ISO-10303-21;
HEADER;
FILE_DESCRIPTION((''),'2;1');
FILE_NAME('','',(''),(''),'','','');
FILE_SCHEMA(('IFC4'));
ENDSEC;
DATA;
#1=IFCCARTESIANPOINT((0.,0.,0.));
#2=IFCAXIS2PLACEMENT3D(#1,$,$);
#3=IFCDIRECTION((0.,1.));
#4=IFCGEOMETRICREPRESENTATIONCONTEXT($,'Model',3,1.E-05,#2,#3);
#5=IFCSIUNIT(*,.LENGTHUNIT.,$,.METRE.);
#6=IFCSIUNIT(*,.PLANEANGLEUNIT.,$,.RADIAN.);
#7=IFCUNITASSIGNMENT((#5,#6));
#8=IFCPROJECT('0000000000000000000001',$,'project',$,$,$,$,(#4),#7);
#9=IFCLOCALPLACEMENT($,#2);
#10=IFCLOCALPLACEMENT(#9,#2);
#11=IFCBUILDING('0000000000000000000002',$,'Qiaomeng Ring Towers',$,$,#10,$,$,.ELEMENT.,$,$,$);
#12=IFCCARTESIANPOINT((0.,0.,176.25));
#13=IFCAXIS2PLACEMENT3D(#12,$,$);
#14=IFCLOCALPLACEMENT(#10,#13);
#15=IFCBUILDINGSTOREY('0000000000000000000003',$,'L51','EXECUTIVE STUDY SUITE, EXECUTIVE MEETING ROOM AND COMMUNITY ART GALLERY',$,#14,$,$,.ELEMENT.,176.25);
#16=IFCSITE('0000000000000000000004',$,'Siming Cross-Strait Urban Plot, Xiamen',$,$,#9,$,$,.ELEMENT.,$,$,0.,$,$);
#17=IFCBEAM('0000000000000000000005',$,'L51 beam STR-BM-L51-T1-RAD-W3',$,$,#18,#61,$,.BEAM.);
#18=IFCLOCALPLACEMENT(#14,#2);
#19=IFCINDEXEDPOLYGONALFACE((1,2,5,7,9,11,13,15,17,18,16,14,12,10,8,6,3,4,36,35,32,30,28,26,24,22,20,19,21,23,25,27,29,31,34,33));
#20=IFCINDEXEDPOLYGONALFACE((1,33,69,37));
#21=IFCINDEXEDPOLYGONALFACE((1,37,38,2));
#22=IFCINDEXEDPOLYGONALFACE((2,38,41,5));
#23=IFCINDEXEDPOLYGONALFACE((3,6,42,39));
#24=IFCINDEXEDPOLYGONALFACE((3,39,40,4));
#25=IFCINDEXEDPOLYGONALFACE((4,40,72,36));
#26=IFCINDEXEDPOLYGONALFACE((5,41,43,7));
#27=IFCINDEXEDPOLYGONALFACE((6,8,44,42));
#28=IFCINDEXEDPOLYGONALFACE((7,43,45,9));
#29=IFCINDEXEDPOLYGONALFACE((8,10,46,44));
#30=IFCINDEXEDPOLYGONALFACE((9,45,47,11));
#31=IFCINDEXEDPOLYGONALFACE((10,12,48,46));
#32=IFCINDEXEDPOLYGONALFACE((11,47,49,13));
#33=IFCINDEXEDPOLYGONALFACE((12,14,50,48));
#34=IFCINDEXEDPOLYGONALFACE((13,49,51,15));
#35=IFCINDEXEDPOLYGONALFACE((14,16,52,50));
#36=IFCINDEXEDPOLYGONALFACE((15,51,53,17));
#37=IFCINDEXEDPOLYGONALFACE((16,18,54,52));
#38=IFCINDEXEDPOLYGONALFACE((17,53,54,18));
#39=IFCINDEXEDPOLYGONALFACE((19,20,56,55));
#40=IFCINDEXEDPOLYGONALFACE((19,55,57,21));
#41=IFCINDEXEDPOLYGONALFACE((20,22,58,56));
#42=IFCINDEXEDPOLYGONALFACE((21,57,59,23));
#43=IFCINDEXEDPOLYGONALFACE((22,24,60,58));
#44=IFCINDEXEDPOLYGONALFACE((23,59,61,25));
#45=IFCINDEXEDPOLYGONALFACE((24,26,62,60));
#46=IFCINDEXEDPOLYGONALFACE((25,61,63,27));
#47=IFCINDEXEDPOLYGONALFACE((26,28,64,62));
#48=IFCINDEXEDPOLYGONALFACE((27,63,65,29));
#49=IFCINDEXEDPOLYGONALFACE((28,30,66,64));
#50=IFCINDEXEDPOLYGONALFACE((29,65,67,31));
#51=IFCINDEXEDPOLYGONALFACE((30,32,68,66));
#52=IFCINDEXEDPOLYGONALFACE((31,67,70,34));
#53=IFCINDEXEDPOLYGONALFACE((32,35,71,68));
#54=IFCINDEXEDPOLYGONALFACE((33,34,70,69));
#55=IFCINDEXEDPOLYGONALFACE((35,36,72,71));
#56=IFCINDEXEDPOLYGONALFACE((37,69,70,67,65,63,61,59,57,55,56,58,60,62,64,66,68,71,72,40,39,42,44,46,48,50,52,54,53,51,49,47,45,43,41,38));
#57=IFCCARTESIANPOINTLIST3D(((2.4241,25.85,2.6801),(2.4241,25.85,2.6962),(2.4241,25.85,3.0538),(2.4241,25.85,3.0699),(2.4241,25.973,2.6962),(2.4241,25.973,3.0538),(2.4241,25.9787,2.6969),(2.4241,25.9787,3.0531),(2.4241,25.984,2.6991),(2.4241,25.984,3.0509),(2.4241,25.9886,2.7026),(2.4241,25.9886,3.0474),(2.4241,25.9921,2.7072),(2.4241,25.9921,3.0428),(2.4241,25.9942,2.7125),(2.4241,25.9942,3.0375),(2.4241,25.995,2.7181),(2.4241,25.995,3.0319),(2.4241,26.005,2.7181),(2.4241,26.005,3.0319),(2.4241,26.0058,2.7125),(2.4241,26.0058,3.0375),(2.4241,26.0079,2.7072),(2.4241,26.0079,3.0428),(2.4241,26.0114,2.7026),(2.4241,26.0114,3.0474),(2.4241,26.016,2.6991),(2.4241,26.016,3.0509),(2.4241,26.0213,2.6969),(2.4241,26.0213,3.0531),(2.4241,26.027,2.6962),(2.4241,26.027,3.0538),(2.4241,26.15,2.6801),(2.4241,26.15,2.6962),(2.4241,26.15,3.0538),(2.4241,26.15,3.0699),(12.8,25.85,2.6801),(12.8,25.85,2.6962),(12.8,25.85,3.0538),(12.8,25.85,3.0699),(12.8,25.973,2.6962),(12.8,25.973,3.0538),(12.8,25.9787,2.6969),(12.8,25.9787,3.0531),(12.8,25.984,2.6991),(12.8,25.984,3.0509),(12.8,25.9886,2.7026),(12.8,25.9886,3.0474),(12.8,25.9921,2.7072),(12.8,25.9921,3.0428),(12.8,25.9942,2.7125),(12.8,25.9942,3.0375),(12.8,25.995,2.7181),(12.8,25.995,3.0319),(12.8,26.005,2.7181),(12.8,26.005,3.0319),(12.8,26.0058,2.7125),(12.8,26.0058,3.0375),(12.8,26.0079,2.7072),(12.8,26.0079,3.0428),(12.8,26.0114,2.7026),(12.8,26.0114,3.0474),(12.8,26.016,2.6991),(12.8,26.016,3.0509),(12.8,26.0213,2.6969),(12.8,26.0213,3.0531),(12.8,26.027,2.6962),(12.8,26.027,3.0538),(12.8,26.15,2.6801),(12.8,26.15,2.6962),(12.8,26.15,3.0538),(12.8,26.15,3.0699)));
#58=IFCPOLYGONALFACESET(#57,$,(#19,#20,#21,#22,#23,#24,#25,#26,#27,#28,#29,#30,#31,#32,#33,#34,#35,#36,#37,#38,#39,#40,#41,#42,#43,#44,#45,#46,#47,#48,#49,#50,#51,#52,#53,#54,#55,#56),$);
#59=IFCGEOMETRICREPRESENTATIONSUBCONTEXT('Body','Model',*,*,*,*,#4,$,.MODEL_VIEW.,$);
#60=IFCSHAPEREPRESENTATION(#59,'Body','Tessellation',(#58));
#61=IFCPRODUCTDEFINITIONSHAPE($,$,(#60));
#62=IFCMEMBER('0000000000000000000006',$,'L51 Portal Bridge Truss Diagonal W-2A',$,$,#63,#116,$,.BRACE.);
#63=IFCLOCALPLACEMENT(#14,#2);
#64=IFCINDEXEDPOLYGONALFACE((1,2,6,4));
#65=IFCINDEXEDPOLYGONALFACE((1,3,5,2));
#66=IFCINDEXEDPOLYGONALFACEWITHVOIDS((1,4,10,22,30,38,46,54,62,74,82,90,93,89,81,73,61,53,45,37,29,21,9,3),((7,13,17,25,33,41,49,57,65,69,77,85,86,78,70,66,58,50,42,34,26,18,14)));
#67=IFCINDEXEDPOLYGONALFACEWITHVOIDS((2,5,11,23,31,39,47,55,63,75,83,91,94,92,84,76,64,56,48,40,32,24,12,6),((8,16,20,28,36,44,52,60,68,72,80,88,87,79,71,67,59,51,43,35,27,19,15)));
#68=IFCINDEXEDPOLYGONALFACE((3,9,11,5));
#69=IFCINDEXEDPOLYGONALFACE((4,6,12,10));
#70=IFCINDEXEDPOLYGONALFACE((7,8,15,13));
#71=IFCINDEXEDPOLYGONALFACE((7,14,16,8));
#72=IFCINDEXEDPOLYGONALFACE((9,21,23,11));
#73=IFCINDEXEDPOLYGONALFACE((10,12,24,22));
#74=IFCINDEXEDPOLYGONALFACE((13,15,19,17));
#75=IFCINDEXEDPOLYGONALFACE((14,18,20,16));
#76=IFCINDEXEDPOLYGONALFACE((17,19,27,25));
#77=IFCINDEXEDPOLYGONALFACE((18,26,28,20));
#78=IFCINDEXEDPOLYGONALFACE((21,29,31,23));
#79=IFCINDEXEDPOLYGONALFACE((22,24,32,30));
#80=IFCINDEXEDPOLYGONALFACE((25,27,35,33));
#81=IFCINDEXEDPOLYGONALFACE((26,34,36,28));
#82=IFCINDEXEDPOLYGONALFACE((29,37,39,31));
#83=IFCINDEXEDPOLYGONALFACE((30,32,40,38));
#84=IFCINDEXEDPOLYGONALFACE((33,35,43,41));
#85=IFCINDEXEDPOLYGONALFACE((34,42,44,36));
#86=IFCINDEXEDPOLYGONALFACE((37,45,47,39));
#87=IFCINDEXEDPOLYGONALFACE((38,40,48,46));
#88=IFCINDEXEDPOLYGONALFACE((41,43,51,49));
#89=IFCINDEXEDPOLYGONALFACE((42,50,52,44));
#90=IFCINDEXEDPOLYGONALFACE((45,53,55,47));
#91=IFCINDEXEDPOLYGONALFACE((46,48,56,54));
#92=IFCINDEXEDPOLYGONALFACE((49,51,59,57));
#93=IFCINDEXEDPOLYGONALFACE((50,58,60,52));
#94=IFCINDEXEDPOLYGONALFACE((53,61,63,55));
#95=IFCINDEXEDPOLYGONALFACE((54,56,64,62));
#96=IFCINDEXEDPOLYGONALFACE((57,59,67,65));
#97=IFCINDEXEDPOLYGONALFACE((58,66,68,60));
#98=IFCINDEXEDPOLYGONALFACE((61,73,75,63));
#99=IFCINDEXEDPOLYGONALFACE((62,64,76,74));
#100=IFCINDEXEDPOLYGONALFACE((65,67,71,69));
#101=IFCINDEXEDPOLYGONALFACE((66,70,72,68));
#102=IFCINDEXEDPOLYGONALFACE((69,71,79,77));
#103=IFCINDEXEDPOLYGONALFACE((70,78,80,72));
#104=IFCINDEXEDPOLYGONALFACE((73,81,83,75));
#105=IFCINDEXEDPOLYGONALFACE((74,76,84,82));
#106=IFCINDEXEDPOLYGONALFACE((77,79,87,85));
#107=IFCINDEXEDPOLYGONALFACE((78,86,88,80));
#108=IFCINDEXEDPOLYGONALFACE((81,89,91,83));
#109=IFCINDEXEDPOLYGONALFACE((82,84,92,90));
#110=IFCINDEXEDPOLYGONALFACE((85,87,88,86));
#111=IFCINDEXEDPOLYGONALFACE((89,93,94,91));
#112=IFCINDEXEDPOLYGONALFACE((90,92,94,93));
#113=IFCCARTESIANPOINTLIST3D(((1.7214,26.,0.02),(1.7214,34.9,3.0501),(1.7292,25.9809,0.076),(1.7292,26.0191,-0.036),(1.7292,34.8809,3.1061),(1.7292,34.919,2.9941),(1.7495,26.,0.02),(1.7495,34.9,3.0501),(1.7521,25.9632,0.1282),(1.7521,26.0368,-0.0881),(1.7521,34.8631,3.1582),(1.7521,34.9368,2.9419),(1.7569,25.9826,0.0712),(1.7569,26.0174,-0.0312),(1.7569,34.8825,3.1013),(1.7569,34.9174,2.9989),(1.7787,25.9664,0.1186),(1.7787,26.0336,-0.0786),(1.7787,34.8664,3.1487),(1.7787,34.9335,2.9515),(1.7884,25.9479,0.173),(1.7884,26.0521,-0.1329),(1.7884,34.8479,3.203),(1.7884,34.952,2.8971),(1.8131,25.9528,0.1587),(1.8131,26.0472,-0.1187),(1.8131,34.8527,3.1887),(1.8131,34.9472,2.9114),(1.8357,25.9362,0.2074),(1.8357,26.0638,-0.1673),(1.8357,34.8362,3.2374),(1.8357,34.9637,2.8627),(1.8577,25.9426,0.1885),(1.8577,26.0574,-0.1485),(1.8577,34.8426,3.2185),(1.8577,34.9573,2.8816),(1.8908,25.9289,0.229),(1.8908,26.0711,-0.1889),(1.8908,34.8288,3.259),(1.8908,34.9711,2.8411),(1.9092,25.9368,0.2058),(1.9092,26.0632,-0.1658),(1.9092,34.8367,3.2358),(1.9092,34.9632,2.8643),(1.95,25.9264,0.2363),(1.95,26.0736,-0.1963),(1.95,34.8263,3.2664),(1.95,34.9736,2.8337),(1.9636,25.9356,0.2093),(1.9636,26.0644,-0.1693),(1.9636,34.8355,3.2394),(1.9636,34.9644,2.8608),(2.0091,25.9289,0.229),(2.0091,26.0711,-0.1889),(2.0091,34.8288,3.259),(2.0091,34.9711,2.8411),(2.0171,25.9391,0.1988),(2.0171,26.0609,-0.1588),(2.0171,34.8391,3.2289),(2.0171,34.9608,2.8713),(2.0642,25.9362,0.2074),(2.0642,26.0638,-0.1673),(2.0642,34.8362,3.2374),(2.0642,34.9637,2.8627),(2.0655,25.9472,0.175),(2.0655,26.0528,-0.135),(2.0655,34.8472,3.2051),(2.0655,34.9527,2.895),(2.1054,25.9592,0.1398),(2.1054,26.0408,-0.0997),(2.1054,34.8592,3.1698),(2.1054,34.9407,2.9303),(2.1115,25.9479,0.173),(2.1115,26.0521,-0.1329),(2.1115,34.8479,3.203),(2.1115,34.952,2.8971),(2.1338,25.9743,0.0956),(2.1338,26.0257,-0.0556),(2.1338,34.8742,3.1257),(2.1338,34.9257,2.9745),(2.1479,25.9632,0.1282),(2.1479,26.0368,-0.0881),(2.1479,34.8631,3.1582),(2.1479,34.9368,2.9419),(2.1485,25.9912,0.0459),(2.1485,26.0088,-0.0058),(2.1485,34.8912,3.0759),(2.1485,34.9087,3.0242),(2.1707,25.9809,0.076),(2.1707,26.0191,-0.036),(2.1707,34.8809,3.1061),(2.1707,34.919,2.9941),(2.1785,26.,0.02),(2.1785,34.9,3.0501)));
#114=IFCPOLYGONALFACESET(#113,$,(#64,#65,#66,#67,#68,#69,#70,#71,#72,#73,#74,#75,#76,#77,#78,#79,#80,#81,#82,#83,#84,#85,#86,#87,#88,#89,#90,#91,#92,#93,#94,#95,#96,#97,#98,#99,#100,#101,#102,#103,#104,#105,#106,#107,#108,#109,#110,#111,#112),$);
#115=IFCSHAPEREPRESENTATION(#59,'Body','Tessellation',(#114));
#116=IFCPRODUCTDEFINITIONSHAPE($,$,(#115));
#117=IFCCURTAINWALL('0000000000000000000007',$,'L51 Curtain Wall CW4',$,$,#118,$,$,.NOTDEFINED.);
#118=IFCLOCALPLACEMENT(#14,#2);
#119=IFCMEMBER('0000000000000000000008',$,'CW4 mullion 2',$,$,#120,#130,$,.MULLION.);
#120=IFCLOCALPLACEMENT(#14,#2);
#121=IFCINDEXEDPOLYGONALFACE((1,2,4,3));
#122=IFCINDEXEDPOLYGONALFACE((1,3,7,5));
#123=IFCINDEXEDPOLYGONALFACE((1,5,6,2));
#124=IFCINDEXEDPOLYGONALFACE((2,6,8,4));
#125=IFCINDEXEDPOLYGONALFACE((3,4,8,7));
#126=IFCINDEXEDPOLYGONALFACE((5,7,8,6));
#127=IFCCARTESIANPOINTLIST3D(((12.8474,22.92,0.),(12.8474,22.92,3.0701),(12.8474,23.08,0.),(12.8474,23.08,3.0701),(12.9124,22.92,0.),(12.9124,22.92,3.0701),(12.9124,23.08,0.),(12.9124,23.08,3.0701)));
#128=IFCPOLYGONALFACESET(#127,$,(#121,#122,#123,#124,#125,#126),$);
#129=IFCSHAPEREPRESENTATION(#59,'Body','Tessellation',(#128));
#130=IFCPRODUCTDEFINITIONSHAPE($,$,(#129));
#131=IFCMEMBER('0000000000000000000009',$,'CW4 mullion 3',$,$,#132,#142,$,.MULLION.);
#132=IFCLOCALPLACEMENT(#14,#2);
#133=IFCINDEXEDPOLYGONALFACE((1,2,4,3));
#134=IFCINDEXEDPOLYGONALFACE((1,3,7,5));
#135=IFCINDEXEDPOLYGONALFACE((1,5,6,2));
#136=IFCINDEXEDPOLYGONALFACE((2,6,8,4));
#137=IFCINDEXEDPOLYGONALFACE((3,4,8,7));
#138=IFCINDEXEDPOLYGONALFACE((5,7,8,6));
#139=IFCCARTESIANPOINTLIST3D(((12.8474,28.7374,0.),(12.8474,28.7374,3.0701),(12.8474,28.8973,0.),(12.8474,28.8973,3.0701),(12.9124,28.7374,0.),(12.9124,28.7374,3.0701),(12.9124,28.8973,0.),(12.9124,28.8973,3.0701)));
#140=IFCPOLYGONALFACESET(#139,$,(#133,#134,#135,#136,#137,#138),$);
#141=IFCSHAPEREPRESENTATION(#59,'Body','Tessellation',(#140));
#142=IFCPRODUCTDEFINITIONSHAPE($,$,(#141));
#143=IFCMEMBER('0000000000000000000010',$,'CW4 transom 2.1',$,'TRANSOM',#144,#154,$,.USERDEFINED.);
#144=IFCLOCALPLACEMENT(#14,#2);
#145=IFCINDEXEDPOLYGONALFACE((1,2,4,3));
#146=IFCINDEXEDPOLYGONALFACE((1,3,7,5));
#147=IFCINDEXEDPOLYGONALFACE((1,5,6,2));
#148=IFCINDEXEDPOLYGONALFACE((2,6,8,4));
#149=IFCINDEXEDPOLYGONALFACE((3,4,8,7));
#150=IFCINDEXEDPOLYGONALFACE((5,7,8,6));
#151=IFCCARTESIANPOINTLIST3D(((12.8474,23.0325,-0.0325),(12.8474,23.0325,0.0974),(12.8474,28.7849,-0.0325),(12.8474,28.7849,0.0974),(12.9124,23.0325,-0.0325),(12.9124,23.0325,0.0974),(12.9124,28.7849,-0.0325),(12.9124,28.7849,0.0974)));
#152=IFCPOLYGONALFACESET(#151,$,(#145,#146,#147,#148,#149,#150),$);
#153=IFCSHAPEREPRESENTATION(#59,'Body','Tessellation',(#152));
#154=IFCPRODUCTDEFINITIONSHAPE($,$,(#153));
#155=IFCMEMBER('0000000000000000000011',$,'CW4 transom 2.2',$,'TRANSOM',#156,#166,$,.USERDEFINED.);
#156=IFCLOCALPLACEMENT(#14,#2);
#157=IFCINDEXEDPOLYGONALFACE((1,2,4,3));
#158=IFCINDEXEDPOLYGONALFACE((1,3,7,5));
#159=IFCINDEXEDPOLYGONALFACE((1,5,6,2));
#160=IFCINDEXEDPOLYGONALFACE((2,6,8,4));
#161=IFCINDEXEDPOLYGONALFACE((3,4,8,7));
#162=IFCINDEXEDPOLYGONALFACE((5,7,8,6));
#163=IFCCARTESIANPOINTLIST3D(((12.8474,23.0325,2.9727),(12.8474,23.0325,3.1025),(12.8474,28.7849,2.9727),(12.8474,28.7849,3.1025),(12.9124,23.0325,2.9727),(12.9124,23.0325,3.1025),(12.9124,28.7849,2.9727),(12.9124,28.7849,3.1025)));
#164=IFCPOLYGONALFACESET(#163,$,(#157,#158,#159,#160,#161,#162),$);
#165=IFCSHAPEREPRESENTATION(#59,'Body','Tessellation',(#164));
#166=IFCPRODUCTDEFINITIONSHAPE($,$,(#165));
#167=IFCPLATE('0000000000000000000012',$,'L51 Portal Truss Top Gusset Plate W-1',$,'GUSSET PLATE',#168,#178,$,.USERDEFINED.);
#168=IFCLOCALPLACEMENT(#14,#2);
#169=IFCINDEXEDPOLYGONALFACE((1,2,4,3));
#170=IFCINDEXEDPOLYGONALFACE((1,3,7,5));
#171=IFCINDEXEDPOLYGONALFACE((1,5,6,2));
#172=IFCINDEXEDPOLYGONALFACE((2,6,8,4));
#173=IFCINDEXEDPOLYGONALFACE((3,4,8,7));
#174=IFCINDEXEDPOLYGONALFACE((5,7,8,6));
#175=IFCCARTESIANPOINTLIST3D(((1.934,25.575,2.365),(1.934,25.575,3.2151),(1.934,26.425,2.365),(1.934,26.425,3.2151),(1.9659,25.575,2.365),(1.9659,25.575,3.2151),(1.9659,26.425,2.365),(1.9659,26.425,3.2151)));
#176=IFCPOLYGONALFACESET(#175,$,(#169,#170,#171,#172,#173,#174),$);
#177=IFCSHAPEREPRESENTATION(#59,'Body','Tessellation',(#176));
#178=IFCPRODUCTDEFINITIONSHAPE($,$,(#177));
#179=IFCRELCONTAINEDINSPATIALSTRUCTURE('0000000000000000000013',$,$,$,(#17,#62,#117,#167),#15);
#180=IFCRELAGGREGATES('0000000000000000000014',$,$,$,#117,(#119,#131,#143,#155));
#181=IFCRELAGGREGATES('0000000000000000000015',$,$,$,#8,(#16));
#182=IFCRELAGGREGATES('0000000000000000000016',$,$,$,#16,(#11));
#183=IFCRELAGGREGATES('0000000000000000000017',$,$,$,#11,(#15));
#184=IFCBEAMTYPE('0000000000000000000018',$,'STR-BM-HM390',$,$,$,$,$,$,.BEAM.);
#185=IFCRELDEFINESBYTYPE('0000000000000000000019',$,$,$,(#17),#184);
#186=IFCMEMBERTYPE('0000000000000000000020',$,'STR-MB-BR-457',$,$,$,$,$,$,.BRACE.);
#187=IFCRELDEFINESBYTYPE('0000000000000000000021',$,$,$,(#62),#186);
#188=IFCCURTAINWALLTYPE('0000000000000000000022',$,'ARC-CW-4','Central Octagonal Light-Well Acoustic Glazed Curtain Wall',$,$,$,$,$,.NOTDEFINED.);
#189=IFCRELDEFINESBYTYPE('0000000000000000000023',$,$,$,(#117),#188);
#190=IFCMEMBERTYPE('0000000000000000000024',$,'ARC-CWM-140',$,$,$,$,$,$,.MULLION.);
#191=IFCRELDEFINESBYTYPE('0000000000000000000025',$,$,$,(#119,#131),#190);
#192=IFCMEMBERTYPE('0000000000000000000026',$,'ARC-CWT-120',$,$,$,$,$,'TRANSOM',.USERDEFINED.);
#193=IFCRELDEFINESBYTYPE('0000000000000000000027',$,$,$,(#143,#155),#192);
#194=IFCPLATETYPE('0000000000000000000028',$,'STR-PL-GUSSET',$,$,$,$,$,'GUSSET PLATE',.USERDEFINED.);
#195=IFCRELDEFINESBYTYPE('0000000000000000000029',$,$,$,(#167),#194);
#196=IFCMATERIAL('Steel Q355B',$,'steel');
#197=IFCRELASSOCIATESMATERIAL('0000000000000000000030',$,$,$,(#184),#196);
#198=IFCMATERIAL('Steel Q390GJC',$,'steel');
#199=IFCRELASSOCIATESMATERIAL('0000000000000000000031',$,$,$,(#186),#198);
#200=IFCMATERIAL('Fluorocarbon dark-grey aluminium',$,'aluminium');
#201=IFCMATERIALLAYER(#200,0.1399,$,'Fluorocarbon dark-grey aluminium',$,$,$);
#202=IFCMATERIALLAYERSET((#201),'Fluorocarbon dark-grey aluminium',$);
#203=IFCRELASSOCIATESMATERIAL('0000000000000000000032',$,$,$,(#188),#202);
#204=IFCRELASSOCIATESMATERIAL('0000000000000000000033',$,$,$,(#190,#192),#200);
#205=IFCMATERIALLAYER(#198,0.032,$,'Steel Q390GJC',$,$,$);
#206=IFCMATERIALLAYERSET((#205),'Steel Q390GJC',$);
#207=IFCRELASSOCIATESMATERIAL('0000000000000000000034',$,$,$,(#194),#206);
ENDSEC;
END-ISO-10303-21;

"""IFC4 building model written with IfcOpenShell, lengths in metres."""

from ifc_helpers import new_model, si_unit, direction, frame, origin, origin_2d, place, context, subcontext, project, spatial, rectangle, hollow_circle, i_section, extrude, source, transform, mapped, material, layer, layer_set, material_profile, profile_set, type_object, element, aggregate, save


model = new_model("IFC4")

# Units and contexts
model_context = context("Model", 3, precision=1e-05, world=origin(), true_north=direction((0.0, 1.0)))
body_context = subcontext(model_context, "Body", "Model", "MODEL_VIEW")
ifc_project = project(units=[si_unit("LENGTHUNIT", "METRE"), si_unit("PLANEANGLEUNIT", "RADIAN")], contexts=[model_context])

# Site, building, storey
site_placement = place(None, origin())
site = spatial("IfcSite", under=ifc_project, at=site_placement, Name="Siming Cross-Strait Urban Plot, Xiamen", CompositionType="ELEMENT", RefElevation=0.0)
building_placement = place(site_placement, origin())
building = spatial("IfcBuilding", under=site, at=building_placement, Name="Qiaomeng Ring Towers", CompositionType="ELEMENT")
storey_placement = place(building_placement, frame((0.0, 0.0, 176.25)))
storey = spatial("IfcBuildingStorey", under=building, at=storey_placement, Name="L51", Description="EXECUTIVE STUDY SUITE, EXECUTIVE MEETING ROOM AND COMMUNITY ART GALLERY", CompositionType="ELEMENT", Elevation=176.25)

# Beam
ifc_material_1 = material(Name="Steel Q355B", Category="steel")
ifc_material_profile_1 = material_profile(ifc_material_1, i_section(OverallWidth=0.3, OverallDepth=0.3899, WebThickness=0.01, FlangeThickness=0.0161, FilletRadius=0.022, at=origin_2d()), Name="HM 390x300x10x16")
ifc_profile_set_1 = profile_set([ifc_material_profile_1], Name="Steel Q355B")
beam_type_1 = type_object("IfcBeamType", Name="STR-BM-HM390", PredefinedType="BEAM", material=ifc_profile_set_1)
shared_shape_1 = source(origin(), body_context, "Body", "SweptSolid", [
    extrude(i_section(OverallWidth=0.3, OverallDepth=0.3899, WebThickness=0.01, FlangeThickness=0.0161, FilletRadius=0.022, at=origin_2d()), origin(), (0.0, 0.0, 1.0), 10.376),
])
beam_1_placement = place(storey_placement, frame((2.4241, 26.0, 2.875), z_axis=(1.0, 0.0, 0.0), x_axis=(0.0, 1.0, 0.0)))
element("IfcBeam", 1, at=beam_1_placement, inside=storey, type_object=beam_type_1, Name="L51 beam STR-BM-L51-T1-RAD-W3", PredefinedType="BEAM", context=body_context, shape_type="MappedRepresentation", body=[
    mapped(shared_shape_1, transform((0.0, 0.0, 0.0), x_axis=(1.0, 0.0, 0.0), y_axis=(0.0, 1.0, 0.0), z_axis=(0.0, 0.0, 1.0), scale=1.0)),
])

# Member
ifc_material_2 = material(Name="Steel Q390GJC", Category="steel")
ifc_material_profile_2 = material_profile(ifc_material_2, hollow_circle(Radius=0.2285, WallThickness=0.0281, at=origin_2d()), Name="CHS 457x28")
ifc_profile_set_2 = profile_set([ifc_material_profile_2], Name="Steel Q390GJC")
member_type_1 = type_object("IfcMemberType", Name="STR-MB-BR-457", PredefinedType="BRACE", material=ifc_profile_set_2)
shared_shape_2 = source(origin(), body_context, "Body", "SweptSolid", [
    extrude(hollow_circle(Radius=0.2285, WallThickness=0.0281, at=origin_2d()), origin(), (0.0, 0.0, 1.0), 9.4016),
])
member_1_placement = place(storey_placement, frame((1.95, 26.0, 0.02), z_axis=(0.0, 0.946641, 0.32229), x_axis=(-1.0, 0.0, 0.0)))
element("IfcMember", 2, at=member_1_placement, inside=storey, type_object=member_type_1, Name="L51 Portal Bridge Truss Diagonal W-2A", PredefinedType="BRACE", context=body_context, shape_type="MappedRepresentation", body=[
    mapped(shared_shape_2, transform((0.0, 0.0, 0.0), x_axis=(1.0, 0.0, 0.0), y_axis=(0.0, 1.0, 0.0), z_axis=(0.0, 0.0, 1.0), scale=1.0)),
])

# Curtain wall, members
ifc_material_3 = material(Name="Fluorocarbon dark-grey aluminium", Category="aluminium")
ifc_layer_1 = layer(ifc_material_3, 0.1399, Name="Fluorocarbon dark-grey aluminium")
ifc_layer_set_1 = layer_set([ifc_layer_1], Name="Fluorocarbon dark-grey aluminium")
curtain_wall_type = type_object("IfcCurtainWallType", Name="ARC-CW-4", Description="Central Octagonal Light-Well Acoustic Glazed Curtain Wall", PredefinedType="NOTDEFINED", material=ifc_layer_set_1)
curtain_wall_placement = place(storey_placement, origin())
curtain_wall = element("IfcCurtainWall", 3, at=curtain_wall_placement, inside=storey, type_object=curtain_wall_type, Name="L51 Curtain Wall CW4", PredefinedType="NOTDEFINED")
ifc_material_profile_3 = material_profile(ifc_material_3, rectangle(XDim=0.0649, YDim=0.1599, at=origin_2d()), Name="ALU MULL 65x160")
ifc_profile_set_3 = profile_set([ifc_material_profile_3], Name="Fluorocarbon dark-grey aluminium")
member_type_2 = type_object("IfcMemberType", Name="ARC-CWM-140", PredefinedType="MULLION", material=ifc_profile_set_3)
shared_shape_3 = source(origin(), body_context, "Body", "SweptSolid", [
    extrude(rectangle(XDim=0.0649, YDim=0.1599, at=origin_2d()), origin(), (0.0, 0.0, 1.0), 3.0701),
])
member_2_placement = place(storey_placement, frame((12.8799, 23.0, 0.0), z_axis=(0.0, 0.0, 1.0), x_axis=(-1.0, 0.0, 0.0)))
member_2 = element("IfcMember", 4, at=member_2_placement, type_object=member_type_2, Name="CW4 mullion 2", PredefinedType="MULLION", context=body_context, shape_type="MappedRepresentation", body=[
    mapped(shared_shape_3, transform((0.0, 0.0, 0.0), x_axis=(1.0, 0.0, 0.0), y_axis=(0.0, 1.0, 0.0), z_axis=(0.0, 0.0, 1.0), scale=1.0)),
])
member_3_placement = place(storey_placement, frame((12.8799, 28.8174, 0.0), z_axis=(0.0, 0.0, 1.0), x_axis=(-1.0, 0.0, 0.0)))
member_3 = element("IfcMember", 5, at=member_3_placement, type_object=member_type_2, Name="CW4 mullion 3", PredefinedType="MULLION", context=body_context, shape_type="MappedRepresentation", body=[
    mapped(shared_shape_3, transform((0.0, 0.0, 0.0), x_axis=(1.0, 0.0, 0.0), y_axis=(0.0, 1.0, 0.0), z_axis=(0.0, 0.0, 1.0), scale=1.0)),
])
ifc_material_profile_4 = material_profile(ifc_material_3, rectangle(XDim=0.0649, YDim=0.1299, at=origin_2d()), Name="ALU TRAN 65x130")
ifc_profile_set_4 = profile_set([ifc_material_profile_4], Name="Fluorocarbon dark-grey aluminium")
member_type_3 = type_object("IfcMemberType", Name="ARC-CWT-120", ElementType="TRANSOM", PredefinedType="USERDEFINED", material=ifc_profile_set_4)
shared_shape_4 = source(origin(), body_context, "Body", "SweptSolid", [
    extrude(rectangle(XDim=0.0649, YDim=0.1299, at=origin_2d()), origin(), (0.0, 0.0, 1.0), 5.7524),
])
member_4_placement = place(storey_placement, frame((12.8799, 23.0325, 0.0325), z_axis=(0.0, 1.0, 0.0), x_axis=(-1.0, 0.0, 0.0)))
member_4 = element("IfcMember", 6, at=member_4_placement, type_object=member_type_3, Name="CW4 transom 2.1", ObjectType="TRANSOM", PredefinedType="USERDEFINED", context=body_context, shape_type="MappedRepresentation", body=[
    mapped(shared_shape_4, transform((0.0, 0.0, 0.0), x_axis=(1.0, 0.0, 0.0), y_axis=(0.0, 1.0, 0.0), z_axis=(0.0, 0.0, 1.0), scale=1.0)),
])
member_5_placement = place(storey_placement, frame((12.8799, 23.0325, 3.0376), z_axis=(0.0, 1.0, 0.0), x_axis=(-1.0, 0.0, 0.0)))
member_5 = element("IfcMember", 7, at=member_5_placement, type_object=member_type_3, Name="CW4 transom 2.2", ObjectType="TRANSOM", PredefinedType="USERDEFINED", context=body_context, shape_type="MappedRepresentation", body=[
    mapped(shared_shape_4, transform((0.0, 0.0, 0.0), x_axis=(1.0, 0.0, 0.0), y_axis=(0.0, 1.0, 0.0), z_axis=(0.0, 0.0, 1.0), scale=1.0)),
])

# Plate
ifc_layer_2 = layer(ifc_material_2, 0.032, Name="Steel Q390GJC")
ifc_layer_set_2 = layer_set([ifc_layer_2], Name="Steel Q390GJC")
plate_type_1 = type_object("IfcPlateType", Name="STR-PL-GUSSET", ElementType="GUSSET PLATE", PredefinedType="USERDEFINED", material=ifc_layer_set_2)
shared_shape_5 = source(origin(), body_context, "Body", "SweptSolid", [
    extrude(rectangle(XDim=0.032, YDim=0.8501, at=origin_2d()), origin(), (0.0, 0.0, 1.0), 0.8501),
])
for number, where, z_axis, x_axis, name in (
    (8, (1.95, 26.0, 2.365), (0.0, 0.0, 1.0), (1.0, 0.0, 0.0), "L51 Portal Truss Top Gusset Plate W-1"),
):
    element("IfcPlate", number, at=place(storey_placement, frame(where, z_axis=z_axis, x_axis=x_axis)), inside=storey, type_object=plate_type_1, Name=name, ObjectType="GUSSET PLATE", PredefinedType="USERDEFINED", context=body_context, shape_type="MappedRepresentation", body=[
        mapped(shared_shape_5, transform((0.0, 0.0, 0.0), x_axis=(1.0, 0.0, 0.0), y_axis=(0.0, 1.0, 0.0), z_axis=(0.0, 0.0, 1.0), scale=1.0)),
    ])

aggregate(curtain_wall, [member_2, member_3, member_4, member_5])

save(model, "model.ifc")
